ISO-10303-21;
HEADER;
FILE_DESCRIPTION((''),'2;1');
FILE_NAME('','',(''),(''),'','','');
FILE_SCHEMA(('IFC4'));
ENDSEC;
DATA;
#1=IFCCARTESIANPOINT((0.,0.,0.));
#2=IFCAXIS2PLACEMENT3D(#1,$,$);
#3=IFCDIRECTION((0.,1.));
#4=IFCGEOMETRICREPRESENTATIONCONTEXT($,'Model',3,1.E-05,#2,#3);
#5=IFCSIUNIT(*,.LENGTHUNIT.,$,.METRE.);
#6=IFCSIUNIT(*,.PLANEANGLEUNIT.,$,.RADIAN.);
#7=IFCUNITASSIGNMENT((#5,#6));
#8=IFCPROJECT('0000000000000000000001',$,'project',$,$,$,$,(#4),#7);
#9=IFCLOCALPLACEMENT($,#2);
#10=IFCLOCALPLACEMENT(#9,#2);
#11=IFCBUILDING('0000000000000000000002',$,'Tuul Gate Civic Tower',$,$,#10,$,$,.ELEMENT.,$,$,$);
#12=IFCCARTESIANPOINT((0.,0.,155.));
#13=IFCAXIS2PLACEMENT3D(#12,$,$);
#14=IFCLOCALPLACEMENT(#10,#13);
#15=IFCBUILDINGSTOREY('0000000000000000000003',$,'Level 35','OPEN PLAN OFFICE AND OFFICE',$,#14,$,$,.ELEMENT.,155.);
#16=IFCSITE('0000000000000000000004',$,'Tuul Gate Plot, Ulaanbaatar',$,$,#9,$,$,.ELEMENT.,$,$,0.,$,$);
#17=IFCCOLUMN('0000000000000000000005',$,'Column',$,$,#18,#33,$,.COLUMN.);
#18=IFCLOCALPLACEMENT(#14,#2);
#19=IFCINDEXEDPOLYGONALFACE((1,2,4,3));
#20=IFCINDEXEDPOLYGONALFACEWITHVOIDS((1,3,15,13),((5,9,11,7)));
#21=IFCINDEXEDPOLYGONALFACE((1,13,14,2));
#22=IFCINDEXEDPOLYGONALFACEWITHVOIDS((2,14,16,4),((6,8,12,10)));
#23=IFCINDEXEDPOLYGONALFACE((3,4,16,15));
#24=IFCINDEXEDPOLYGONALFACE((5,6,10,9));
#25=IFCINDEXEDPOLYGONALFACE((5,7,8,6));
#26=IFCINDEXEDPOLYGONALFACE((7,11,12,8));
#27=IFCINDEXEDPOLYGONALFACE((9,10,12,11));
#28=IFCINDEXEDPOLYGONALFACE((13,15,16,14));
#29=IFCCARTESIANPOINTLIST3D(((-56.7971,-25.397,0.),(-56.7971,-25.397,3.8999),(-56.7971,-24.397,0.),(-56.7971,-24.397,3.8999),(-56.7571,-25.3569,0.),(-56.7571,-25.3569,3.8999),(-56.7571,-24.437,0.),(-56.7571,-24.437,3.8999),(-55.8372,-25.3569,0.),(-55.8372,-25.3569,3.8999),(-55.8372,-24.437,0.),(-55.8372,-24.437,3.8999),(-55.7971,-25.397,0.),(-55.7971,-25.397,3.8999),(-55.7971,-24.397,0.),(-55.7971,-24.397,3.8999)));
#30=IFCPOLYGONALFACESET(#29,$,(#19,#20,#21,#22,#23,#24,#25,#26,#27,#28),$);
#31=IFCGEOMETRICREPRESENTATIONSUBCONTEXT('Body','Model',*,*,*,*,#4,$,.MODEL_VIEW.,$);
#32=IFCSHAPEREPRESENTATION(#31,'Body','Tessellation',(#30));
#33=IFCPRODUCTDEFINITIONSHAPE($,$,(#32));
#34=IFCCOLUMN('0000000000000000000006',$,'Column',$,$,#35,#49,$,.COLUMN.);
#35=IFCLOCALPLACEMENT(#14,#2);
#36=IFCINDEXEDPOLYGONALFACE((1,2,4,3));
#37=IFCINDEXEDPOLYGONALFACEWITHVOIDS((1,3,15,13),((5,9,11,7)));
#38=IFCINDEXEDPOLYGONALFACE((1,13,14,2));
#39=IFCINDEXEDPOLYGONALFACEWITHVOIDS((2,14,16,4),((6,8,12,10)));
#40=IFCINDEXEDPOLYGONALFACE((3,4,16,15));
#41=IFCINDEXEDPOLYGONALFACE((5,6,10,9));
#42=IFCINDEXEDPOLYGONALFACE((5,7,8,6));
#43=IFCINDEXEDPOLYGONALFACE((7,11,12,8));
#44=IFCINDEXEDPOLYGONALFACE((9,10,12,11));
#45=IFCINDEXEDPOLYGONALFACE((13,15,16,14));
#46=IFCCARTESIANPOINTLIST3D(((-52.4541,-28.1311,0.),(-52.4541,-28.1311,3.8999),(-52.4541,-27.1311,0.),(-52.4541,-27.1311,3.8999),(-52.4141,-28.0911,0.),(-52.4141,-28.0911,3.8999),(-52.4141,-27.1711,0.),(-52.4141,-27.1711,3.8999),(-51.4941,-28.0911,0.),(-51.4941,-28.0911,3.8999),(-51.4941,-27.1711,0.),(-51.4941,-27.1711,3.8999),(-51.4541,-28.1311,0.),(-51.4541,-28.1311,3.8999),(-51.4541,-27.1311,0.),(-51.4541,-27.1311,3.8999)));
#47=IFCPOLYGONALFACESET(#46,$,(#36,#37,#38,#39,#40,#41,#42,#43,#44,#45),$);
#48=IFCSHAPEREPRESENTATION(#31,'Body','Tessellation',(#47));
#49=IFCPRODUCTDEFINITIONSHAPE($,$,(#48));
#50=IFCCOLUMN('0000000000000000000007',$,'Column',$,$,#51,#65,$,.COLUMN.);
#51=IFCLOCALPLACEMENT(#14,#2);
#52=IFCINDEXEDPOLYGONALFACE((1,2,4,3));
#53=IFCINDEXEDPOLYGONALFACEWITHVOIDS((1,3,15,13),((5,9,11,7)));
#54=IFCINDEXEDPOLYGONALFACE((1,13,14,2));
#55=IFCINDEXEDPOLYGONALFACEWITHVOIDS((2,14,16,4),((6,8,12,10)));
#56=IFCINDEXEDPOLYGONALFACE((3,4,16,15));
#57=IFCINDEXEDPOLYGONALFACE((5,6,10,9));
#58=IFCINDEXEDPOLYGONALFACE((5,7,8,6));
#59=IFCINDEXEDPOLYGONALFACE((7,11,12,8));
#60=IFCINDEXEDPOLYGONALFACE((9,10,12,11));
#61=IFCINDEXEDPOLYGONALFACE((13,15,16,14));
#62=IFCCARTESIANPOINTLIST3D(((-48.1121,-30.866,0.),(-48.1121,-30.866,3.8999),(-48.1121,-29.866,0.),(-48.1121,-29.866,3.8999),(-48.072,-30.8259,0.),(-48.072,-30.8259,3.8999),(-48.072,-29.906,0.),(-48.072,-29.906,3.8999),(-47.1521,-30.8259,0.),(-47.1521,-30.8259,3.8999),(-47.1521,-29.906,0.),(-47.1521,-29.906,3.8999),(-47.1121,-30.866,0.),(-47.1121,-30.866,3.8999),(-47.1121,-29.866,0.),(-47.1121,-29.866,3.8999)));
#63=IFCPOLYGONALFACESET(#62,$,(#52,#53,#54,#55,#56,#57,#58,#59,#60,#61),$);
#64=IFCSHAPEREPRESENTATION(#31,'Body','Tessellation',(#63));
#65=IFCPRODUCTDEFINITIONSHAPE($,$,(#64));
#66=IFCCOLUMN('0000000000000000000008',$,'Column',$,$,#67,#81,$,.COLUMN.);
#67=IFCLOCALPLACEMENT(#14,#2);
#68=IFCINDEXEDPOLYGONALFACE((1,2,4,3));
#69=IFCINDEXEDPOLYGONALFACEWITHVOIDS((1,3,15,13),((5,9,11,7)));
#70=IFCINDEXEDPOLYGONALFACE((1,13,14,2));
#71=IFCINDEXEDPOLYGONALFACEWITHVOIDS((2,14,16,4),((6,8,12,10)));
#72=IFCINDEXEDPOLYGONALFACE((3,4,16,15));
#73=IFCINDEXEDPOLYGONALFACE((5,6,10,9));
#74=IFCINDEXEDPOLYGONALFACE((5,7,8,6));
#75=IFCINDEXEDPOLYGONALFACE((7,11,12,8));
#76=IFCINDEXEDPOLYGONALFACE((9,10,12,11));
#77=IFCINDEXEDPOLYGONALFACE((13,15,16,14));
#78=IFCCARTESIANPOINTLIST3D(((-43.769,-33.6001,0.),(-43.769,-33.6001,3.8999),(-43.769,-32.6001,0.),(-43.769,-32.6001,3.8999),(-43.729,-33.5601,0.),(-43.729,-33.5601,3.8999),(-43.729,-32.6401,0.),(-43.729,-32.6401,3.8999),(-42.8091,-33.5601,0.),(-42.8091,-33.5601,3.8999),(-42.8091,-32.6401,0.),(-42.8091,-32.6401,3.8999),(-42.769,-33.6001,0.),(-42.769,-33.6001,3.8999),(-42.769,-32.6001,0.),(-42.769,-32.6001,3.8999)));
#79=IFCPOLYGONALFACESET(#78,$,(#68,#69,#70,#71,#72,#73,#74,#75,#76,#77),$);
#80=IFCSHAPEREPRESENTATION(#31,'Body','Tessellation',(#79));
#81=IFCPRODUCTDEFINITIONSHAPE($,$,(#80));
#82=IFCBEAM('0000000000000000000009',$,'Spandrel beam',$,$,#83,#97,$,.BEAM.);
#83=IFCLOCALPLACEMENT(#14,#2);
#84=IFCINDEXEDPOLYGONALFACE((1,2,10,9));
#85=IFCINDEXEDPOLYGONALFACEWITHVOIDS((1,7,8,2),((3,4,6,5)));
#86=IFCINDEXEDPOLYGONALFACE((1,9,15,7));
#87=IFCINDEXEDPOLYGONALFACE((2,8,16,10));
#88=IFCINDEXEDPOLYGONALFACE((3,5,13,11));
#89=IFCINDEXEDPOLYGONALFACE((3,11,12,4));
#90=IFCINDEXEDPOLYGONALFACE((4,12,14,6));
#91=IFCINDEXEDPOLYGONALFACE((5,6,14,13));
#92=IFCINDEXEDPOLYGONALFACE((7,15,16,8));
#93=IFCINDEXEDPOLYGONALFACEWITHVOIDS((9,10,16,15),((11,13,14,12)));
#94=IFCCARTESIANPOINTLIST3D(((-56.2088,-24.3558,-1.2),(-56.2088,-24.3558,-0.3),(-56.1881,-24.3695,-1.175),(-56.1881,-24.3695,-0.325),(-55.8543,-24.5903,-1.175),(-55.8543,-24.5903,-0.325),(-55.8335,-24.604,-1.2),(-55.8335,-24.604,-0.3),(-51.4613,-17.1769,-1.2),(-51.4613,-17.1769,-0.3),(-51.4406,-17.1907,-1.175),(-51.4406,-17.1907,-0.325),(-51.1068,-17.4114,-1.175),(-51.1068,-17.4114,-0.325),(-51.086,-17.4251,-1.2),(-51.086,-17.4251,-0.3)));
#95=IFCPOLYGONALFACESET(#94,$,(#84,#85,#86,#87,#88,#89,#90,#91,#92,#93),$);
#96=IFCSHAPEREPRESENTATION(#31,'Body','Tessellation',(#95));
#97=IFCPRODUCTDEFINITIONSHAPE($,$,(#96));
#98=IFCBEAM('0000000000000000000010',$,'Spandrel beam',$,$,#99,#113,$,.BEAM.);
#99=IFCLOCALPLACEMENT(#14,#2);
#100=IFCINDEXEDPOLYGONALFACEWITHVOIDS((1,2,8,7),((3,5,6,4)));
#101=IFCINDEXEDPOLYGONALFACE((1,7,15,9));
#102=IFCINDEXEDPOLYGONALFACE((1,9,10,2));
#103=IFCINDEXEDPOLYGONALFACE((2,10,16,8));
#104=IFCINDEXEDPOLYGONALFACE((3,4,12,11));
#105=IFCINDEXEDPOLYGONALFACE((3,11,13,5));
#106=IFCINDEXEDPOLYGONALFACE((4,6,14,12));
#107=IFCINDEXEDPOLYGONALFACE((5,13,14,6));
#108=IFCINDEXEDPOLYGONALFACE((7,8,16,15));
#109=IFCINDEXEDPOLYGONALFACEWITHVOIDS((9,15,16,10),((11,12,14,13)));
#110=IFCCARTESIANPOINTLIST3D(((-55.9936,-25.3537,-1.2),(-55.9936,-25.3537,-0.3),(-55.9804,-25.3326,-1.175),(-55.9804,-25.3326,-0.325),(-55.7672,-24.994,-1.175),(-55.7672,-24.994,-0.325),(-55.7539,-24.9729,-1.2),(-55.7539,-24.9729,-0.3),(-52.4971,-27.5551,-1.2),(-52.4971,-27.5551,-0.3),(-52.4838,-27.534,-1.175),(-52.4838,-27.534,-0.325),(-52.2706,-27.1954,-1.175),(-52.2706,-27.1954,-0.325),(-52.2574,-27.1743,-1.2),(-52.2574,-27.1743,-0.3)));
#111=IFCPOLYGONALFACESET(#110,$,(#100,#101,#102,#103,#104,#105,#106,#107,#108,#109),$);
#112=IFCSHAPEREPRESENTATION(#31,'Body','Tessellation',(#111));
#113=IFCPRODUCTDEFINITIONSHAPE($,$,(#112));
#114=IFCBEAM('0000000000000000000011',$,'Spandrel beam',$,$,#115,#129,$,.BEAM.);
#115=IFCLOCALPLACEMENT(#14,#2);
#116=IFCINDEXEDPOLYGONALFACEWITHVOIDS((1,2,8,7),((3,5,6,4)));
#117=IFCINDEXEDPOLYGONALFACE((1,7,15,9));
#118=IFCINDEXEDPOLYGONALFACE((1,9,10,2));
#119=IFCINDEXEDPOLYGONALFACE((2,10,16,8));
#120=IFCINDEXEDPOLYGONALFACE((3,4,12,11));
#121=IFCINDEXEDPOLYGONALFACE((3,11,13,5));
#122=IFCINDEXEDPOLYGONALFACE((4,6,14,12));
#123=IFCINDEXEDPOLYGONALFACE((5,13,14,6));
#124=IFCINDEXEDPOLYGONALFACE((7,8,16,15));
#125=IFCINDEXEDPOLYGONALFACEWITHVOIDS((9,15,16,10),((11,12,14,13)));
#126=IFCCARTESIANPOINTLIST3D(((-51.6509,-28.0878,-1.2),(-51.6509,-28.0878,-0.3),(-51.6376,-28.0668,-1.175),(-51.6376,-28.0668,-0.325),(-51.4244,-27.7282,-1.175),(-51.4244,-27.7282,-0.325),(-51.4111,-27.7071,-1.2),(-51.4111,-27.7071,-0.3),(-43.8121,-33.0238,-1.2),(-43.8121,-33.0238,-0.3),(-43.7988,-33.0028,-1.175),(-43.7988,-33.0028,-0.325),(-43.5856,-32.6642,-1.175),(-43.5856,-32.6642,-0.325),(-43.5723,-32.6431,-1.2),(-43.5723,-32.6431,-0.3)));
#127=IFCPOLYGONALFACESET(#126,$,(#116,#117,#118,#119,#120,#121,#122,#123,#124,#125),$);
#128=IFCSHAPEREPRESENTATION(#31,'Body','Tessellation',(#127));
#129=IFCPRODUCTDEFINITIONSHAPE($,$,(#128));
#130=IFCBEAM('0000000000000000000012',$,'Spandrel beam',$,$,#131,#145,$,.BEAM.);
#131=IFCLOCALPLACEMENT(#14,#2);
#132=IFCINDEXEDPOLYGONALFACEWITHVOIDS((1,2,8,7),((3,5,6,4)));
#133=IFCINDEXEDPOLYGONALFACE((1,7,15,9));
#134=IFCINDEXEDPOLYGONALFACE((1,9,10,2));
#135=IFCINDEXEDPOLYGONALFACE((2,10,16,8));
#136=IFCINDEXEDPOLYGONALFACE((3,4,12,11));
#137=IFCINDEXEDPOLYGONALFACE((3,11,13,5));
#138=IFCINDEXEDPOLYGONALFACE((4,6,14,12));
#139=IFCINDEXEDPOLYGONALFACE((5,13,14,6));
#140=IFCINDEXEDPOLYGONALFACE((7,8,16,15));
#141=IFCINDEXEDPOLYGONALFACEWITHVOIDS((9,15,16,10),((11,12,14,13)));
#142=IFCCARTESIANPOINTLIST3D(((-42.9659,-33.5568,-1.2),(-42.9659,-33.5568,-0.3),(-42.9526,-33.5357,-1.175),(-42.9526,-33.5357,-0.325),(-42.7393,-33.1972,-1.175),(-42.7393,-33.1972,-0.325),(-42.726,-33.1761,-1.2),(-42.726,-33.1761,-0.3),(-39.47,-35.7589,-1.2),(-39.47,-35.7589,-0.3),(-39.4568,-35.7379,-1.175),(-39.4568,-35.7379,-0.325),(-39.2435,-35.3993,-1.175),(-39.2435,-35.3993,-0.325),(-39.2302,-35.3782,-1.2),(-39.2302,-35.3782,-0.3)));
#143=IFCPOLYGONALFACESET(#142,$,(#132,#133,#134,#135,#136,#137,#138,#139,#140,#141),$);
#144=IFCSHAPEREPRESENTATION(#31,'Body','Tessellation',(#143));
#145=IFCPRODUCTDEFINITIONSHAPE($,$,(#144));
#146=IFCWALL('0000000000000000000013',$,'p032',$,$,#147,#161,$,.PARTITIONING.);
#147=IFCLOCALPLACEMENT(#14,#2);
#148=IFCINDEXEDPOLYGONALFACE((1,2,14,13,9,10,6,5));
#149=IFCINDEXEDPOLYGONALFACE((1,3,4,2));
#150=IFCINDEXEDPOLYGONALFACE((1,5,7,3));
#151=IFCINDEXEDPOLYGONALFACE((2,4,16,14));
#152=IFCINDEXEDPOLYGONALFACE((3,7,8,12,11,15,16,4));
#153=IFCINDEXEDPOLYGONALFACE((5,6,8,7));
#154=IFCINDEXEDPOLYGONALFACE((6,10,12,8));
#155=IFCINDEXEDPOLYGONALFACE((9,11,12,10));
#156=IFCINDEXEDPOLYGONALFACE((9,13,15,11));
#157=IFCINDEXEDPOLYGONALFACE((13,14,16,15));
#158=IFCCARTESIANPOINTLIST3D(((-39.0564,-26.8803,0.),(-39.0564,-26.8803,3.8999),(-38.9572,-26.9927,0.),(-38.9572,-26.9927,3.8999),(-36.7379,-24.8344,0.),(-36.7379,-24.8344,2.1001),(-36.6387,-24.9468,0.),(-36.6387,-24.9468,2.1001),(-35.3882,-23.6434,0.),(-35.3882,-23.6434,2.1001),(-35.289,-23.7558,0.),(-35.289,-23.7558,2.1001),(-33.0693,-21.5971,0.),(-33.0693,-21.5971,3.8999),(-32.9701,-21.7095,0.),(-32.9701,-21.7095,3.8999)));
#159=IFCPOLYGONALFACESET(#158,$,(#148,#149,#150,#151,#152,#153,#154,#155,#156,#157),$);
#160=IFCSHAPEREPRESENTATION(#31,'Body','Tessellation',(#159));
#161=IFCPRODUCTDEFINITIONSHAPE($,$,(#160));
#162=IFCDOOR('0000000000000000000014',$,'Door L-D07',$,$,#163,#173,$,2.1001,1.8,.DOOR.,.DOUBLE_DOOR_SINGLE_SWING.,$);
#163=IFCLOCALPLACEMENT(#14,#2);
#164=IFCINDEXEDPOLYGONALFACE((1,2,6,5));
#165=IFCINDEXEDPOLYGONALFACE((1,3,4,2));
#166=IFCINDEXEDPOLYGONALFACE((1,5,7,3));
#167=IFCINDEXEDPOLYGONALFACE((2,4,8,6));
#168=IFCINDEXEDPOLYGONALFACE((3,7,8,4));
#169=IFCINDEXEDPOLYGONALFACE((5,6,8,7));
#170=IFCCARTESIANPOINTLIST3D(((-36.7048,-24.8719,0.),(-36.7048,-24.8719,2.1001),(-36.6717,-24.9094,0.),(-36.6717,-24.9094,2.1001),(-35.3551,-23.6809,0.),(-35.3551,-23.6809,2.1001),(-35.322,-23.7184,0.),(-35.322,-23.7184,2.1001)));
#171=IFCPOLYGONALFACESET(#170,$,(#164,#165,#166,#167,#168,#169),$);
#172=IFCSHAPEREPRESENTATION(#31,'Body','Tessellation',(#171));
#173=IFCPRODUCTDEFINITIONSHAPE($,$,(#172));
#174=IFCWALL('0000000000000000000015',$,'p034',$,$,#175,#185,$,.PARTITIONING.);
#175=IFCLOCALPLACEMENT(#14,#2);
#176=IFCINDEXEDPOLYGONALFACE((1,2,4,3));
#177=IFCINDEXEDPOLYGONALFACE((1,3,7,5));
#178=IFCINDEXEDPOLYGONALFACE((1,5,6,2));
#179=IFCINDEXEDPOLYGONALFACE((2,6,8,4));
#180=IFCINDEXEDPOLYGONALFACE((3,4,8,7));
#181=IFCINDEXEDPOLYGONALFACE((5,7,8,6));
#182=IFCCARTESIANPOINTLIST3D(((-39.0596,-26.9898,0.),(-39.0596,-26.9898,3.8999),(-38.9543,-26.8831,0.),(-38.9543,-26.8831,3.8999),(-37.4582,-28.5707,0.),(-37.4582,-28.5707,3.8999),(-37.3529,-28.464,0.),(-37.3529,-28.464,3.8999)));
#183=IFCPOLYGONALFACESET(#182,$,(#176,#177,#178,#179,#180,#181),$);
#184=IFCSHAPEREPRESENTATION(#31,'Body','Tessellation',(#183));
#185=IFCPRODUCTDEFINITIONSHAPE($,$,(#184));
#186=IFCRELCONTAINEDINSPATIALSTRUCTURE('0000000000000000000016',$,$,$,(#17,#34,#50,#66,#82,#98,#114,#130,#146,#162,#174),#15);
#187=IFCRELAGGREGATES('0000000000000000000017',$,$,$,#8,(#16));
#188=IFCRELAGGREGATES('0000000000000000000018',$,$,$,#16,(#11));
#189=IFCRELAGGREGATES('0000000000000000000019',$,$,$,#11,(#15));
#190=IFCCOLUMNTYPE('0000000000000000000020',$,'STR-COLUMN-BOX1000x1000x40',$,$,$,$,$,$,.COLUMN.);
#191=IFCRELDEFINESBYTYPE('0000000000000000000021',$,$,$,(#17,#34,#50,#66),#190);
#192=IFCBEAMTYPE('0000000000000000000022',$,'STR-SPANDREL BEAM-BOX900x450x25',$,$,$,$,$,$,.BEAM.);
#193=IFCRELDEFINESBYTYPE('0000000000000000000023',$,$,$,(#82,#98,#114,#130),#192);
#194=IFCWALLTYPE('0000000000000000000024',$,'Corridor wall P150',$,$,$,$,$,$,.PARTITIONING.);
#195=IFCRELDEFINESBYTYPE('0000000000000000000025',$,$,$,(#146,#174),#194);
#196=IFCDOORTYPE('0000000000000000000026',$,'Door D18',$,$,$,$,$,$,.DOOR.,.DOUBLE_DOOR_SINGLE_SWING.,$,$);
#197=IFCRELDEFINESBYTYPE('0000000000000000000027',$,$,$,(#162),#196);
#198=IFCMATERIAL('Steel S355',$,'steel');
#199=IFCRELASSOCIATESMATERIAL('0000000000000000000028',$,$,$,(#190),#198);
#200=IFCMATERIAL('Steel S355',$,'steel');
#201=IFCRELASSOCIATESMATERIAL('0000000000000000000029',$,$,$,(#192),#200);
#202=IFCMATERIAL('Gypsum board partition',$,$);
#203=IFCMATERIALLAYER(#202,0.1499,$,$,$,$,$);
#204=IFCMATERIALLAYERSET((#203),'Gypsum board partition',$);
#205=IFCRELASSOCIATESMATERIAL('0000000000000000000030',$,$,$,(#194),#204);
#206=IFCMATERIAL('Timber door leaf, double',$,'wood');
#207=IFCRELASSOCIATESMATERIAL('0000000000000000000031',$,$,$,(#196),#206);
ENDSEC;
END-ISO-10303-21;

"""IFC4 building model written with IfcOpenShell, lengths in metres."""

from ifc_helpers import new_model, si_unit, direction, frame, frame_2d, origin, origin_2d, place, context, subcontext, project, spatial, rectangle, hollow_rectangle, extrude, material, layer, layer_set, material_profile, profile_set, type_object, element, fill, save


model = new_model("IFC4")

# Units and contexts
model_context = context("Model", 3, precision=1e-05, world=origin(), true_north=direction((0.0, 1.0)))
body_context = subcontext(model_context, "Body", "Model", "MODEL_VIEW")
ifc_project = project(units=[si_unit("LENGTHUNIT", "METRE"), si_unit("PLANEANGLEUNIT", "RADIAN")], contexts=[model_context])

# Site, building, storey
site_placement = place(None, origin())
site = spatial("IfcSite", under=ifc_project, at=site_placement, Name="Tuul Gate Plot, Ulaanbaatar", CompositionType="ELEMENT", RefElevation=0.0)
building_placement = place(site_placement, origin())
building = spatial("IfcBuilding", under=site, at=building_placement, Name="Tuul Gate Civic Tower", CompositionType="ELEMENT")
storey_placement = place(building_placement, frame((0.0, 0.0, 155.0)))
storey = spatial("IfcBuildingStorey", under=building, at=storey_placement, Name="Level 35", Description="OPEN PLAN OFFICE AND OFFICE", CompositionType="ELEMENT", Elevation=155.0)

# Columns
ifc_material_1 = material(Name="Steel S355", Category="steel")
ifc_material_profile_1 = material_profile(ifc_material_1, hollow_rectangle(XDim=1.0, YDim=1.0, WallThickness=0.04, at=origin_2d()), Name="BOX1000x1000x40")
ifc_profile_set_1 = profile_set([ifc_material_profile_1], Name="Steel S355")
column_type = type_object("IfcColumnType", Name="STR-COLUMN-BOX1000x1000x40", PredefinedType="COLUMN", material=ifc_profile_set_1)
for number, where, z_axis, x_axis, name in (
    (1, (-56.2971, -24.897, 0.0), (0.0, 0.0, 1.0), (1.0, 0.0, 0.0), "Column"),
    (2, (-51.9541, -27.6311, 0.0), (0.0, 0.0, 1.0), (1.0, 0.0, 0.0), "Column"),
    (3, (-47.6121, -30.366, 0.0), (0.0, 0.0, 1.0), (1.0, 0.0, 0.0), "Column"),
    (4, (-43.269, -33.1001, 0.0), (0.0, 0.0, 1.0), (1.0, 0.0, 0.0), "Column"),
):
    element("IfcColumn", number, at=place(storey_placement, frame(where, z_axis=z_axis, x_axis=x_axis)), inside=storey, type_object=column_type, Name=name, PredefinedType="COLUMN", context=body_context, shape_type="SweptSolid", body=[
        extrude(hollow_rectangle(XDim=1.0, YDim=1.0, WallThickness=0.04, at=origin_2d()), origin(), (0.0, 0.0, 1.0), 3.8999),
    ])

# Beams
ifc_material_2 = material(Name="Steel S355", Category="steel")
ifc_material_profile_2 = material_profile(ifc_material_2, hollow_rectangle(XDim=0.45, YDim=0.8999, WallThickness=0.0249, at=origin_2d()), Name="BOX900x450x25")
ifc_profile_set_2 = profile_set([ifc_material_profile_2], Name="Steel S355")
beam_type = type_object("IfcBeamType", Name="STR-SPANDREL BEAM-BOX900x450x25", PredefinedType="BEAM", material=ifc_profile_set_2)
beam_1_placement = place(storey_placement, frame((-51.2737, -17.301, -0.75), z_axis=(-0.551607, -0.834104, 0.0), x_axis=(0.834104, -0.551607, 0.0)))
element("IfcBeam", 5, at=beam_1_placement, inside=storey, type_object=beam_type, Name="Spandrel beam", PredefinedType="BEAM", context=body_context, shape_type="SweptSolid", body=[
    extrude(hollow_rectangle(XDim=0.45, YDim=0.8999, WallThickness=0.0249, at=origin_2d()), origin(), (0.0, 0.0, 1.0), 8.6067),
])
beam_2_placement = place(storey_placement, frame((-55.8738, -25.1633, -0.75), z_axis=(0.846248, -0.53279, 0.0), x_axis=(0.53279, 0.846248, 0.0)))
element("IfcBeam", 6, at=beam_2_placement, inside=storey, type_object=beam_type, Name="Spandrel beam", PredefinedType="BEAM", context=body_context, shape_type="SweptSolid", body=[
    extrude(hollow_rectangle(XDim=0.45, YDim=0.8999, WallThickness=0.0249, at=origin_2d()), origin(), (0.0, 0.0, 1.0), 4.1318),
])
beam_3_placement = place(storey_placement, frame((-51.531, -27.8975, -0.75), z_axis=(0.846211, -0.532848, 0.0), x_axis=(0.532848, 0.846211, 0.0)))
element("IfcBeam", 7, at=beam_3_placement, inside=storey, type_object=beam_type, Name="Spandrel beam", PredefinedType="BEAM", context=body_context, shape_type="SweptSolid", body=[
    extrude(hollow_rectangle(XDim=0.45, YDim=0.8999, WallThickness=0.0249, at=origin_2d()), origin(), (0.0, 0.0, 1.0), 9.2634),
])
beam_4_placement = place(storey_placement, frame((-42.8459, -33.3665, -0.75), z_axis=(0.846117, -0.532997, 0.0), x_axis=(0.532997, 0.846117, 0.0)))
element("IfcBeam", 8, at=beam_4_placement, inside=storey, type_object=beam_type, Name="Spandrel beam", PredefinedType="BEAM", context=body_context, shape_type="SweptSolid", body=[
    extrude(hollow_rectangle(XDim=0.45, YDim=0.8999, WallThickness=0.0249, at=origin_2d()), origin(), (0.0, 0.0, 1.0), 4.1316),
])

# Wall, opening, door
ifc_material_3 = material(Name="Gypsum board partition")
ifc_layer_1 = layer(ifc_material_3, 0.1499)
ifc_layer_set_1 = layer_set([ifc_layer_1], Name="Gypsum board partition")
wall_type_1 = type_object("IfcWallType", Name="Corridor wall P150", PredefinedType="PARTITIONING", material=ifc_layer_set_1)
wall_1_placement = place(storey_placement, frame((-39.0068, -26.9365, 0.0), z_axis=(0.0, 0.0, 1.0), x_axis=(0.749807, 0.661657, 0.0)))
wall_1 = element("IfcWall", 9, at=wall_1_placement, inside=storey, type_object=wall_type_1, Name="p032", PredefinedType="PARTITIONING", context=body_context, shape_type="SweptSolid", body=[
    extrude(rectangle(XDim=7.9849, YDim=0.1499, at=frame_2d((3.9924, 0.0))), origin(), (0.0, 0.0, 1.0), 3.8999),
])
opening_1_placement = place(wall_1_placement, frame((3.0923, 0.0, 0.0)))
opening_1 = element("IfcOpeningElement", 10, at=opening_1_placement, cuts=wall_1, PredefinedType="OPENING", context=body_context, shape_type="SweptSolid", body=[
    extrude(rectangle(XDim=1.8, YDim=2.1001, at=frame_2d((0.8999, 1.05))), frame((0.0, 0.085, 0.0), z_axis=(0.0, -1.0, 0.0), x_axis=(1.0, 0.0, 0.0)), (0.0, 0.0, 1.0), 0.1699),
])
ifc_material_4 = material(Name="Timber door leaf, double", Category="wood")
door_type = type_object("IfcDoorType", Name="Door D18", OperationType="DOUBLE_DOOR_SINGLE_SWING", PredefinedType="DOOR", material=ifc_material_4)
door_placement = place(opening_1_placement, origin())
door = element("IfcDoor", 11, at=door_placement, inside=storey, type_object=door_type, Name="Door L-D07", OperationType="DOUBLE_DOOR_SINGLE_SWING", OverallHeight=2.1001, OverallWidth=1.8, PredefinedType="DOOR", context=body_context, shape_type="SweptSolid", body=[
    extrude(rectangle(XDim=1.8, YDim=2.1001, at=frame_2d((0.8999, 1.05))), frame((0.0, 0.0249, 0.0), z_axis=(0.0, -1.0, 0.0), x_axis=(1.0, 0.0, 0.0)), (0.0, 0.0, 1.0), 0.05),
])
fill(opening_1, door)

# Wall
wall_2_placement = place(storey_placement, frame((-39.0068, -26.9365, 0.0), z_axis=(0.0, 0.0, 1.0), x_axis=(0.711649, -0.702535, 0.0)))
element("IfcWall", 12, at=wall_2_placement, inside=storey, type_object=wall_type_1, Name="p034", PredefinedType="PARTITIONING", context=body_context, shape_type="SweptSolid", body=[
    extrude(rectangle(XDim=2.2502, YDim=0.1499, at=frame_2d((1.125, 0.0))), origin(), (0.0, 0.0, 1.0), 3.8999),
])

save(model, "model.ifc")
